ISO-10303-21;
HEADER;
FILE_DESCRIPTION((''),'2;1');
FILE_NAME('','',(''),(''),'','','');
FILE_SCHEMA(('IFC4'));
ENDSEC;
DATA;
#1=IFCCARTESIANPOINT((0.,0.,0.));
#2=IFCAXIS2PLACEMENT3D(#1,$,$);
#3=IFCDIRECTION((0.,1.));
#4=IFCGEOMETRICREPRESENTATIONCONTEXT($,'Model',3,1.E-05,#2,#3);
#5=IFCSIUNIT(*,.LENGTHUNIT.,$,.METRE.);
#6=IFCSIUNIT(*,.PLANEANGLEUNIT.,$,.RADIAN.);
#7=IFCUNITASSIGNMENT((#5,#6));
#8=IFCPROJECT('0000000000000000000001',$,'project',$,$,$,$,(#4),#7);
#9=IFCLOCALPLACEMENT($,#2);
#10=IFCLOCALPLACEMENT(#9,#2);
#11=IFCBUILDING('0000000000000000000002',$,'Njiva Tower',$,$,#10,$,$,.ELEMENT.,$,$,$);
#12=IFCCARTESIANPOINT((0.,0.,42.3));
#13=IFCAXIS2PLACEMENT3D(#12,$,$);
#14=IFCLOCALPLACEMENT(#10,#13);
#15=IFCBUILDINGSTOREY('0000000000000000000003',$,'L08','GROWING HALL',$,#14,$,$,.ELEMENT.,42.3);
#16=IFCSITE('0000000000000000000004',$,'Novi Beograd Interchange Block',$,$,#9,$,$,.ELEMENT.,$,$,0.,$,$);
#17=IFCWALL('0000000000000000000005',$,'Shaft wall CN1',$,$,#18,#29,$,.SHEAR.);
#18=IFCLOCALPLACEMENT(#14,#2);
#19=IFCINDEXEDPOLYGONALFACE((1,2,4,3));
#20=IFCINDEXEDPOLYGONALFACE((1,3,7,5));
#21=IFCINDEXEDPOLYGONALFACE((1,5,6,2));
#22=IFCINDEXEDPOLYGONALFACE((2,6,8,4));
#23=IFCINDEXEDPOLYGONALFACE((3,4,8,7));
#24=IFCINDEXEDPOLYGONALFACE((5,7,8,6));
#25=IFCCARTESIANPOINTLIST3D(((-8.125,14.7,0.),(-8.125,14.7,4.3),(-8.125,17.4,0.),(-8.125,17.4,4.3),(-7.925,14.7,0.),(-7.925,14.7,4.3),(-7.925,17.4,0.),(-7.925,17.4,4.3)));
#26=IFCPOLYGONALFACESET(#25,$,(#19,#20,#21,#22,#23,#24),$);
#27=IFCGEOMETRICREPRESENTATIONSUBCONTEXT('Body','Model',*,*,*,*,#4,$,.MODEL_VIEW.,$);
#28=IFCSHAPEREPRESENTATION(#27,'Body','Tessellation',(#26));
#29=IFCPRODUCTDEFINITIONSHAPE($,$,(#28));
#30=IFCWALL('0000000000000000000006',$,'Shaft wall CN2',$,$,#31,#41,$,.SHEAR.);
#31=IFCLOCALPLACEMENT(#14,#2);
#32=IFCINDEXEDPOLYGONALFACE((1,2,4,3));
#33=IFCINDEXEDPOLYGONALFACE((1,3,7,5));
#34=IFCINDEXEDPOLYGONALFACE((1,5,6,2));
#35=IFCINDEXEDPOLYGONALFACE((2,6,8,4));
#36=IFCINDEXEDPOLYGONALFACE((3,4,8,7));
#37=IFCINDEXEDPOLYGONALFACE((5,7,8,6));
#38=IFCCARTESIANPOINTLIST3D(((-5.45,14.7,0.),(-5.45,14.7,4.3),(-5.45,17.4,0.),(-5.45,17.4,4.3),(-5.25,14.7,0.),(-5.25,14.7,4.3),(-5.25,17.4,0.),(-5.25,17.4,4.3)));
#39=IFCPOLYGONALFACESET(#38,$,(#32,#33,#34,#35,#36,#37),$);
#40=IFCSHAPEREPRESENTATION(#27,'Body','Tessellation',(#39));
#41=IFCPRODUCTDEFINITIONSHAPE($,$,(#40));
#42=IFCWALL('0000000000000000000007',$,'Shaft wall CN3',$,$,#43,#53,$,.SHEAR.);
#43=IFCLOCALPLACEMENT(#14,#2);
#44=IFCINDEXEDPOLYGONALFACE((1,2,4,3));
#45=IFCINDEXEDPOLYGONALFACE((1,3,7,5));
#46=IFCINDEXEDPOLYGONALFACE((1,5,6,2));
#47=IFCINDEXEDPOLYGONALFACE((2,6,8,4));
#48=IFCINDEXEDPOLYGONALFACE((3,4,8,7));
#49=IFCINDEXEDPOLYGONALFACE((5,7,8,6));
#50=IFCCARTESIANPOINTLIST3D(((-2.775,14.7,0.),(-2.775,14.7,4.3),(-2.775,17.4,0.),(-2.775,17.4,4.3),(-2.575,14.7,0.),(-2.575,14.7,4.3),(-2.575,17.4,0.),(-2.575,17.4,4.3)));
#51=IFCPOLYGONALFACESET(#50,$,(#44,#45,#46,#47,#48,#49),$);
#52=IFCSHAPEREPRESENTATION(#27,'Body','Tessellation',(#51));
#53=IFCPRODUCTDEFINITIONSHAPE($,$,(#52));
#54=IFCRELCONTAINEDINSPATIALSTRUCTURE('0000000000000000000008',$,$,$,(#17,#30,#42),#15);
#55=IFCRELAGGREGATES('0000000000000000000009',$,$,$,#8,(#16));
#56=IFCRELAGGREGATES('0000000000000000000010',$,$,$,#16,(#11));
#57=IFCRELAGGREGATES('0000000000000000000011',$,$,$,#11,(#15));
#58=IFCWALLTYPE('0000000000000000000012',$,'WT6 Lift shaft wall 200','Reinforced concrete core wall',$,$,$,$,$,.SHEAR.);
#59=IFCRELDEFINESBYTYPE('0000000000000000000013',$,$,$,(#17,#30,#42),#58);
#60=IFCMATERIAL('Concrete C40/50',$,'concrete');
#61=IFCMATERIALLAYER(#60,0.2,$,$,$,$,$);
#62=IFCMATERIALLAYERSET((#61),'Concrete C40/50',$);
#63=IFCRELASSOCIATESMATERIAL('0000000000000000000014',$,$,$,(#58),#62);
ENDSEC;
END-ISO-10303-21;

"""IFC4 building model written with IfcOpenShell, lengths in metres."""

from ifc_helpers import new_model, si_unit, direction, frame, frame_2d, origin, place, context, subcontext, project, spatial, rectangle, extrude, material, layer, layer_set, type_object, element, save


model = new_model("IFC4")

# Units and contexts
model_context = context("Model", 3, precision=1e-05, world=origin(), true_north=direction((0.0, 1.0)))
body_context = subcontext(model_context, "Body", "Model", "MODEL_VIEW")
ifc_project = project(units=[si_unit("LENGTHUNIT", "METRE"), si_unit("PLANEANGLEUNIT", "RADIAN")], contexts=[model_context])

# Site, building, storey
site_placement = place(None, origin())
site = spatial("IfcSite", under=ifc_project, at=site_placement, Name="Novi Beograd Interchange Block", CompositionType="ELEMENT", RefElevation=0.0)
building_placement = place(site_placement, origin())
building = spatial("IfcBuilding", under=site, at=building_placement, Name="Njiva Tower", CompositionType="ELEMENT")
storey_placement = place(building_placement, frame((0.0, 0.0, 42.3)))
storey = spatial("IfcBuildingStorey", under=building, at=storey_placement, Name="L08", Description="GROWING HALL", CompositionType="ELEMENT", Elevation=42.3)

# Walls
ifc_material_1 = material(Name="Concrete C40/50", Category="concrete")
ifc_layer_1 = layer(ifc_material_1, 0.2)
ifc_layer_set_1 = layer_set([ifc_layer_1], Name="Concrete C40/50")
wall_type_1 = type_object("IfcWallType", Name="WT6 Lift shaft wall 200", Description="Reinforced concrete core wall", PredefinedType="SHEAR", material=ifc_layer_set_1)
for number, where, z_axis, x_axis, name in (
    (1, (-8.025, 14.7, 0.0), (0.0, 0.0, 1.0), (0.0, 1.0, 0.0), "Shaft wall CN1"),
    (2, (-5.35, 14.7, 0.0), (0.0, 0.0, 1.0), (0.0, 1.0, 0.0), "Shaft wall CN2"),
    (3, (-2.675, 14.7, 0.0), (0.0, 0.0, 1.0), (0.0, 1.0, 0.0), "Shaft wall CN3"),
):
    element("IfcWall", number, at=place(storey_placement, frame(where, z_axis=z_axis, x_axis=x_axis)), inside=storey, type_object=wall_type_1, Name=name, PredefinedType="SHEAR", context=body_context, shape_type="SweptSolid", body=[
        extrude(rectangle(XDim=2.7, YDim=0.2, at=frame_2d((1.35, 0.0))), origin(), (0.0, 0.0, 1.0), 4.3),
    ])

save(model, "model.ifc")
